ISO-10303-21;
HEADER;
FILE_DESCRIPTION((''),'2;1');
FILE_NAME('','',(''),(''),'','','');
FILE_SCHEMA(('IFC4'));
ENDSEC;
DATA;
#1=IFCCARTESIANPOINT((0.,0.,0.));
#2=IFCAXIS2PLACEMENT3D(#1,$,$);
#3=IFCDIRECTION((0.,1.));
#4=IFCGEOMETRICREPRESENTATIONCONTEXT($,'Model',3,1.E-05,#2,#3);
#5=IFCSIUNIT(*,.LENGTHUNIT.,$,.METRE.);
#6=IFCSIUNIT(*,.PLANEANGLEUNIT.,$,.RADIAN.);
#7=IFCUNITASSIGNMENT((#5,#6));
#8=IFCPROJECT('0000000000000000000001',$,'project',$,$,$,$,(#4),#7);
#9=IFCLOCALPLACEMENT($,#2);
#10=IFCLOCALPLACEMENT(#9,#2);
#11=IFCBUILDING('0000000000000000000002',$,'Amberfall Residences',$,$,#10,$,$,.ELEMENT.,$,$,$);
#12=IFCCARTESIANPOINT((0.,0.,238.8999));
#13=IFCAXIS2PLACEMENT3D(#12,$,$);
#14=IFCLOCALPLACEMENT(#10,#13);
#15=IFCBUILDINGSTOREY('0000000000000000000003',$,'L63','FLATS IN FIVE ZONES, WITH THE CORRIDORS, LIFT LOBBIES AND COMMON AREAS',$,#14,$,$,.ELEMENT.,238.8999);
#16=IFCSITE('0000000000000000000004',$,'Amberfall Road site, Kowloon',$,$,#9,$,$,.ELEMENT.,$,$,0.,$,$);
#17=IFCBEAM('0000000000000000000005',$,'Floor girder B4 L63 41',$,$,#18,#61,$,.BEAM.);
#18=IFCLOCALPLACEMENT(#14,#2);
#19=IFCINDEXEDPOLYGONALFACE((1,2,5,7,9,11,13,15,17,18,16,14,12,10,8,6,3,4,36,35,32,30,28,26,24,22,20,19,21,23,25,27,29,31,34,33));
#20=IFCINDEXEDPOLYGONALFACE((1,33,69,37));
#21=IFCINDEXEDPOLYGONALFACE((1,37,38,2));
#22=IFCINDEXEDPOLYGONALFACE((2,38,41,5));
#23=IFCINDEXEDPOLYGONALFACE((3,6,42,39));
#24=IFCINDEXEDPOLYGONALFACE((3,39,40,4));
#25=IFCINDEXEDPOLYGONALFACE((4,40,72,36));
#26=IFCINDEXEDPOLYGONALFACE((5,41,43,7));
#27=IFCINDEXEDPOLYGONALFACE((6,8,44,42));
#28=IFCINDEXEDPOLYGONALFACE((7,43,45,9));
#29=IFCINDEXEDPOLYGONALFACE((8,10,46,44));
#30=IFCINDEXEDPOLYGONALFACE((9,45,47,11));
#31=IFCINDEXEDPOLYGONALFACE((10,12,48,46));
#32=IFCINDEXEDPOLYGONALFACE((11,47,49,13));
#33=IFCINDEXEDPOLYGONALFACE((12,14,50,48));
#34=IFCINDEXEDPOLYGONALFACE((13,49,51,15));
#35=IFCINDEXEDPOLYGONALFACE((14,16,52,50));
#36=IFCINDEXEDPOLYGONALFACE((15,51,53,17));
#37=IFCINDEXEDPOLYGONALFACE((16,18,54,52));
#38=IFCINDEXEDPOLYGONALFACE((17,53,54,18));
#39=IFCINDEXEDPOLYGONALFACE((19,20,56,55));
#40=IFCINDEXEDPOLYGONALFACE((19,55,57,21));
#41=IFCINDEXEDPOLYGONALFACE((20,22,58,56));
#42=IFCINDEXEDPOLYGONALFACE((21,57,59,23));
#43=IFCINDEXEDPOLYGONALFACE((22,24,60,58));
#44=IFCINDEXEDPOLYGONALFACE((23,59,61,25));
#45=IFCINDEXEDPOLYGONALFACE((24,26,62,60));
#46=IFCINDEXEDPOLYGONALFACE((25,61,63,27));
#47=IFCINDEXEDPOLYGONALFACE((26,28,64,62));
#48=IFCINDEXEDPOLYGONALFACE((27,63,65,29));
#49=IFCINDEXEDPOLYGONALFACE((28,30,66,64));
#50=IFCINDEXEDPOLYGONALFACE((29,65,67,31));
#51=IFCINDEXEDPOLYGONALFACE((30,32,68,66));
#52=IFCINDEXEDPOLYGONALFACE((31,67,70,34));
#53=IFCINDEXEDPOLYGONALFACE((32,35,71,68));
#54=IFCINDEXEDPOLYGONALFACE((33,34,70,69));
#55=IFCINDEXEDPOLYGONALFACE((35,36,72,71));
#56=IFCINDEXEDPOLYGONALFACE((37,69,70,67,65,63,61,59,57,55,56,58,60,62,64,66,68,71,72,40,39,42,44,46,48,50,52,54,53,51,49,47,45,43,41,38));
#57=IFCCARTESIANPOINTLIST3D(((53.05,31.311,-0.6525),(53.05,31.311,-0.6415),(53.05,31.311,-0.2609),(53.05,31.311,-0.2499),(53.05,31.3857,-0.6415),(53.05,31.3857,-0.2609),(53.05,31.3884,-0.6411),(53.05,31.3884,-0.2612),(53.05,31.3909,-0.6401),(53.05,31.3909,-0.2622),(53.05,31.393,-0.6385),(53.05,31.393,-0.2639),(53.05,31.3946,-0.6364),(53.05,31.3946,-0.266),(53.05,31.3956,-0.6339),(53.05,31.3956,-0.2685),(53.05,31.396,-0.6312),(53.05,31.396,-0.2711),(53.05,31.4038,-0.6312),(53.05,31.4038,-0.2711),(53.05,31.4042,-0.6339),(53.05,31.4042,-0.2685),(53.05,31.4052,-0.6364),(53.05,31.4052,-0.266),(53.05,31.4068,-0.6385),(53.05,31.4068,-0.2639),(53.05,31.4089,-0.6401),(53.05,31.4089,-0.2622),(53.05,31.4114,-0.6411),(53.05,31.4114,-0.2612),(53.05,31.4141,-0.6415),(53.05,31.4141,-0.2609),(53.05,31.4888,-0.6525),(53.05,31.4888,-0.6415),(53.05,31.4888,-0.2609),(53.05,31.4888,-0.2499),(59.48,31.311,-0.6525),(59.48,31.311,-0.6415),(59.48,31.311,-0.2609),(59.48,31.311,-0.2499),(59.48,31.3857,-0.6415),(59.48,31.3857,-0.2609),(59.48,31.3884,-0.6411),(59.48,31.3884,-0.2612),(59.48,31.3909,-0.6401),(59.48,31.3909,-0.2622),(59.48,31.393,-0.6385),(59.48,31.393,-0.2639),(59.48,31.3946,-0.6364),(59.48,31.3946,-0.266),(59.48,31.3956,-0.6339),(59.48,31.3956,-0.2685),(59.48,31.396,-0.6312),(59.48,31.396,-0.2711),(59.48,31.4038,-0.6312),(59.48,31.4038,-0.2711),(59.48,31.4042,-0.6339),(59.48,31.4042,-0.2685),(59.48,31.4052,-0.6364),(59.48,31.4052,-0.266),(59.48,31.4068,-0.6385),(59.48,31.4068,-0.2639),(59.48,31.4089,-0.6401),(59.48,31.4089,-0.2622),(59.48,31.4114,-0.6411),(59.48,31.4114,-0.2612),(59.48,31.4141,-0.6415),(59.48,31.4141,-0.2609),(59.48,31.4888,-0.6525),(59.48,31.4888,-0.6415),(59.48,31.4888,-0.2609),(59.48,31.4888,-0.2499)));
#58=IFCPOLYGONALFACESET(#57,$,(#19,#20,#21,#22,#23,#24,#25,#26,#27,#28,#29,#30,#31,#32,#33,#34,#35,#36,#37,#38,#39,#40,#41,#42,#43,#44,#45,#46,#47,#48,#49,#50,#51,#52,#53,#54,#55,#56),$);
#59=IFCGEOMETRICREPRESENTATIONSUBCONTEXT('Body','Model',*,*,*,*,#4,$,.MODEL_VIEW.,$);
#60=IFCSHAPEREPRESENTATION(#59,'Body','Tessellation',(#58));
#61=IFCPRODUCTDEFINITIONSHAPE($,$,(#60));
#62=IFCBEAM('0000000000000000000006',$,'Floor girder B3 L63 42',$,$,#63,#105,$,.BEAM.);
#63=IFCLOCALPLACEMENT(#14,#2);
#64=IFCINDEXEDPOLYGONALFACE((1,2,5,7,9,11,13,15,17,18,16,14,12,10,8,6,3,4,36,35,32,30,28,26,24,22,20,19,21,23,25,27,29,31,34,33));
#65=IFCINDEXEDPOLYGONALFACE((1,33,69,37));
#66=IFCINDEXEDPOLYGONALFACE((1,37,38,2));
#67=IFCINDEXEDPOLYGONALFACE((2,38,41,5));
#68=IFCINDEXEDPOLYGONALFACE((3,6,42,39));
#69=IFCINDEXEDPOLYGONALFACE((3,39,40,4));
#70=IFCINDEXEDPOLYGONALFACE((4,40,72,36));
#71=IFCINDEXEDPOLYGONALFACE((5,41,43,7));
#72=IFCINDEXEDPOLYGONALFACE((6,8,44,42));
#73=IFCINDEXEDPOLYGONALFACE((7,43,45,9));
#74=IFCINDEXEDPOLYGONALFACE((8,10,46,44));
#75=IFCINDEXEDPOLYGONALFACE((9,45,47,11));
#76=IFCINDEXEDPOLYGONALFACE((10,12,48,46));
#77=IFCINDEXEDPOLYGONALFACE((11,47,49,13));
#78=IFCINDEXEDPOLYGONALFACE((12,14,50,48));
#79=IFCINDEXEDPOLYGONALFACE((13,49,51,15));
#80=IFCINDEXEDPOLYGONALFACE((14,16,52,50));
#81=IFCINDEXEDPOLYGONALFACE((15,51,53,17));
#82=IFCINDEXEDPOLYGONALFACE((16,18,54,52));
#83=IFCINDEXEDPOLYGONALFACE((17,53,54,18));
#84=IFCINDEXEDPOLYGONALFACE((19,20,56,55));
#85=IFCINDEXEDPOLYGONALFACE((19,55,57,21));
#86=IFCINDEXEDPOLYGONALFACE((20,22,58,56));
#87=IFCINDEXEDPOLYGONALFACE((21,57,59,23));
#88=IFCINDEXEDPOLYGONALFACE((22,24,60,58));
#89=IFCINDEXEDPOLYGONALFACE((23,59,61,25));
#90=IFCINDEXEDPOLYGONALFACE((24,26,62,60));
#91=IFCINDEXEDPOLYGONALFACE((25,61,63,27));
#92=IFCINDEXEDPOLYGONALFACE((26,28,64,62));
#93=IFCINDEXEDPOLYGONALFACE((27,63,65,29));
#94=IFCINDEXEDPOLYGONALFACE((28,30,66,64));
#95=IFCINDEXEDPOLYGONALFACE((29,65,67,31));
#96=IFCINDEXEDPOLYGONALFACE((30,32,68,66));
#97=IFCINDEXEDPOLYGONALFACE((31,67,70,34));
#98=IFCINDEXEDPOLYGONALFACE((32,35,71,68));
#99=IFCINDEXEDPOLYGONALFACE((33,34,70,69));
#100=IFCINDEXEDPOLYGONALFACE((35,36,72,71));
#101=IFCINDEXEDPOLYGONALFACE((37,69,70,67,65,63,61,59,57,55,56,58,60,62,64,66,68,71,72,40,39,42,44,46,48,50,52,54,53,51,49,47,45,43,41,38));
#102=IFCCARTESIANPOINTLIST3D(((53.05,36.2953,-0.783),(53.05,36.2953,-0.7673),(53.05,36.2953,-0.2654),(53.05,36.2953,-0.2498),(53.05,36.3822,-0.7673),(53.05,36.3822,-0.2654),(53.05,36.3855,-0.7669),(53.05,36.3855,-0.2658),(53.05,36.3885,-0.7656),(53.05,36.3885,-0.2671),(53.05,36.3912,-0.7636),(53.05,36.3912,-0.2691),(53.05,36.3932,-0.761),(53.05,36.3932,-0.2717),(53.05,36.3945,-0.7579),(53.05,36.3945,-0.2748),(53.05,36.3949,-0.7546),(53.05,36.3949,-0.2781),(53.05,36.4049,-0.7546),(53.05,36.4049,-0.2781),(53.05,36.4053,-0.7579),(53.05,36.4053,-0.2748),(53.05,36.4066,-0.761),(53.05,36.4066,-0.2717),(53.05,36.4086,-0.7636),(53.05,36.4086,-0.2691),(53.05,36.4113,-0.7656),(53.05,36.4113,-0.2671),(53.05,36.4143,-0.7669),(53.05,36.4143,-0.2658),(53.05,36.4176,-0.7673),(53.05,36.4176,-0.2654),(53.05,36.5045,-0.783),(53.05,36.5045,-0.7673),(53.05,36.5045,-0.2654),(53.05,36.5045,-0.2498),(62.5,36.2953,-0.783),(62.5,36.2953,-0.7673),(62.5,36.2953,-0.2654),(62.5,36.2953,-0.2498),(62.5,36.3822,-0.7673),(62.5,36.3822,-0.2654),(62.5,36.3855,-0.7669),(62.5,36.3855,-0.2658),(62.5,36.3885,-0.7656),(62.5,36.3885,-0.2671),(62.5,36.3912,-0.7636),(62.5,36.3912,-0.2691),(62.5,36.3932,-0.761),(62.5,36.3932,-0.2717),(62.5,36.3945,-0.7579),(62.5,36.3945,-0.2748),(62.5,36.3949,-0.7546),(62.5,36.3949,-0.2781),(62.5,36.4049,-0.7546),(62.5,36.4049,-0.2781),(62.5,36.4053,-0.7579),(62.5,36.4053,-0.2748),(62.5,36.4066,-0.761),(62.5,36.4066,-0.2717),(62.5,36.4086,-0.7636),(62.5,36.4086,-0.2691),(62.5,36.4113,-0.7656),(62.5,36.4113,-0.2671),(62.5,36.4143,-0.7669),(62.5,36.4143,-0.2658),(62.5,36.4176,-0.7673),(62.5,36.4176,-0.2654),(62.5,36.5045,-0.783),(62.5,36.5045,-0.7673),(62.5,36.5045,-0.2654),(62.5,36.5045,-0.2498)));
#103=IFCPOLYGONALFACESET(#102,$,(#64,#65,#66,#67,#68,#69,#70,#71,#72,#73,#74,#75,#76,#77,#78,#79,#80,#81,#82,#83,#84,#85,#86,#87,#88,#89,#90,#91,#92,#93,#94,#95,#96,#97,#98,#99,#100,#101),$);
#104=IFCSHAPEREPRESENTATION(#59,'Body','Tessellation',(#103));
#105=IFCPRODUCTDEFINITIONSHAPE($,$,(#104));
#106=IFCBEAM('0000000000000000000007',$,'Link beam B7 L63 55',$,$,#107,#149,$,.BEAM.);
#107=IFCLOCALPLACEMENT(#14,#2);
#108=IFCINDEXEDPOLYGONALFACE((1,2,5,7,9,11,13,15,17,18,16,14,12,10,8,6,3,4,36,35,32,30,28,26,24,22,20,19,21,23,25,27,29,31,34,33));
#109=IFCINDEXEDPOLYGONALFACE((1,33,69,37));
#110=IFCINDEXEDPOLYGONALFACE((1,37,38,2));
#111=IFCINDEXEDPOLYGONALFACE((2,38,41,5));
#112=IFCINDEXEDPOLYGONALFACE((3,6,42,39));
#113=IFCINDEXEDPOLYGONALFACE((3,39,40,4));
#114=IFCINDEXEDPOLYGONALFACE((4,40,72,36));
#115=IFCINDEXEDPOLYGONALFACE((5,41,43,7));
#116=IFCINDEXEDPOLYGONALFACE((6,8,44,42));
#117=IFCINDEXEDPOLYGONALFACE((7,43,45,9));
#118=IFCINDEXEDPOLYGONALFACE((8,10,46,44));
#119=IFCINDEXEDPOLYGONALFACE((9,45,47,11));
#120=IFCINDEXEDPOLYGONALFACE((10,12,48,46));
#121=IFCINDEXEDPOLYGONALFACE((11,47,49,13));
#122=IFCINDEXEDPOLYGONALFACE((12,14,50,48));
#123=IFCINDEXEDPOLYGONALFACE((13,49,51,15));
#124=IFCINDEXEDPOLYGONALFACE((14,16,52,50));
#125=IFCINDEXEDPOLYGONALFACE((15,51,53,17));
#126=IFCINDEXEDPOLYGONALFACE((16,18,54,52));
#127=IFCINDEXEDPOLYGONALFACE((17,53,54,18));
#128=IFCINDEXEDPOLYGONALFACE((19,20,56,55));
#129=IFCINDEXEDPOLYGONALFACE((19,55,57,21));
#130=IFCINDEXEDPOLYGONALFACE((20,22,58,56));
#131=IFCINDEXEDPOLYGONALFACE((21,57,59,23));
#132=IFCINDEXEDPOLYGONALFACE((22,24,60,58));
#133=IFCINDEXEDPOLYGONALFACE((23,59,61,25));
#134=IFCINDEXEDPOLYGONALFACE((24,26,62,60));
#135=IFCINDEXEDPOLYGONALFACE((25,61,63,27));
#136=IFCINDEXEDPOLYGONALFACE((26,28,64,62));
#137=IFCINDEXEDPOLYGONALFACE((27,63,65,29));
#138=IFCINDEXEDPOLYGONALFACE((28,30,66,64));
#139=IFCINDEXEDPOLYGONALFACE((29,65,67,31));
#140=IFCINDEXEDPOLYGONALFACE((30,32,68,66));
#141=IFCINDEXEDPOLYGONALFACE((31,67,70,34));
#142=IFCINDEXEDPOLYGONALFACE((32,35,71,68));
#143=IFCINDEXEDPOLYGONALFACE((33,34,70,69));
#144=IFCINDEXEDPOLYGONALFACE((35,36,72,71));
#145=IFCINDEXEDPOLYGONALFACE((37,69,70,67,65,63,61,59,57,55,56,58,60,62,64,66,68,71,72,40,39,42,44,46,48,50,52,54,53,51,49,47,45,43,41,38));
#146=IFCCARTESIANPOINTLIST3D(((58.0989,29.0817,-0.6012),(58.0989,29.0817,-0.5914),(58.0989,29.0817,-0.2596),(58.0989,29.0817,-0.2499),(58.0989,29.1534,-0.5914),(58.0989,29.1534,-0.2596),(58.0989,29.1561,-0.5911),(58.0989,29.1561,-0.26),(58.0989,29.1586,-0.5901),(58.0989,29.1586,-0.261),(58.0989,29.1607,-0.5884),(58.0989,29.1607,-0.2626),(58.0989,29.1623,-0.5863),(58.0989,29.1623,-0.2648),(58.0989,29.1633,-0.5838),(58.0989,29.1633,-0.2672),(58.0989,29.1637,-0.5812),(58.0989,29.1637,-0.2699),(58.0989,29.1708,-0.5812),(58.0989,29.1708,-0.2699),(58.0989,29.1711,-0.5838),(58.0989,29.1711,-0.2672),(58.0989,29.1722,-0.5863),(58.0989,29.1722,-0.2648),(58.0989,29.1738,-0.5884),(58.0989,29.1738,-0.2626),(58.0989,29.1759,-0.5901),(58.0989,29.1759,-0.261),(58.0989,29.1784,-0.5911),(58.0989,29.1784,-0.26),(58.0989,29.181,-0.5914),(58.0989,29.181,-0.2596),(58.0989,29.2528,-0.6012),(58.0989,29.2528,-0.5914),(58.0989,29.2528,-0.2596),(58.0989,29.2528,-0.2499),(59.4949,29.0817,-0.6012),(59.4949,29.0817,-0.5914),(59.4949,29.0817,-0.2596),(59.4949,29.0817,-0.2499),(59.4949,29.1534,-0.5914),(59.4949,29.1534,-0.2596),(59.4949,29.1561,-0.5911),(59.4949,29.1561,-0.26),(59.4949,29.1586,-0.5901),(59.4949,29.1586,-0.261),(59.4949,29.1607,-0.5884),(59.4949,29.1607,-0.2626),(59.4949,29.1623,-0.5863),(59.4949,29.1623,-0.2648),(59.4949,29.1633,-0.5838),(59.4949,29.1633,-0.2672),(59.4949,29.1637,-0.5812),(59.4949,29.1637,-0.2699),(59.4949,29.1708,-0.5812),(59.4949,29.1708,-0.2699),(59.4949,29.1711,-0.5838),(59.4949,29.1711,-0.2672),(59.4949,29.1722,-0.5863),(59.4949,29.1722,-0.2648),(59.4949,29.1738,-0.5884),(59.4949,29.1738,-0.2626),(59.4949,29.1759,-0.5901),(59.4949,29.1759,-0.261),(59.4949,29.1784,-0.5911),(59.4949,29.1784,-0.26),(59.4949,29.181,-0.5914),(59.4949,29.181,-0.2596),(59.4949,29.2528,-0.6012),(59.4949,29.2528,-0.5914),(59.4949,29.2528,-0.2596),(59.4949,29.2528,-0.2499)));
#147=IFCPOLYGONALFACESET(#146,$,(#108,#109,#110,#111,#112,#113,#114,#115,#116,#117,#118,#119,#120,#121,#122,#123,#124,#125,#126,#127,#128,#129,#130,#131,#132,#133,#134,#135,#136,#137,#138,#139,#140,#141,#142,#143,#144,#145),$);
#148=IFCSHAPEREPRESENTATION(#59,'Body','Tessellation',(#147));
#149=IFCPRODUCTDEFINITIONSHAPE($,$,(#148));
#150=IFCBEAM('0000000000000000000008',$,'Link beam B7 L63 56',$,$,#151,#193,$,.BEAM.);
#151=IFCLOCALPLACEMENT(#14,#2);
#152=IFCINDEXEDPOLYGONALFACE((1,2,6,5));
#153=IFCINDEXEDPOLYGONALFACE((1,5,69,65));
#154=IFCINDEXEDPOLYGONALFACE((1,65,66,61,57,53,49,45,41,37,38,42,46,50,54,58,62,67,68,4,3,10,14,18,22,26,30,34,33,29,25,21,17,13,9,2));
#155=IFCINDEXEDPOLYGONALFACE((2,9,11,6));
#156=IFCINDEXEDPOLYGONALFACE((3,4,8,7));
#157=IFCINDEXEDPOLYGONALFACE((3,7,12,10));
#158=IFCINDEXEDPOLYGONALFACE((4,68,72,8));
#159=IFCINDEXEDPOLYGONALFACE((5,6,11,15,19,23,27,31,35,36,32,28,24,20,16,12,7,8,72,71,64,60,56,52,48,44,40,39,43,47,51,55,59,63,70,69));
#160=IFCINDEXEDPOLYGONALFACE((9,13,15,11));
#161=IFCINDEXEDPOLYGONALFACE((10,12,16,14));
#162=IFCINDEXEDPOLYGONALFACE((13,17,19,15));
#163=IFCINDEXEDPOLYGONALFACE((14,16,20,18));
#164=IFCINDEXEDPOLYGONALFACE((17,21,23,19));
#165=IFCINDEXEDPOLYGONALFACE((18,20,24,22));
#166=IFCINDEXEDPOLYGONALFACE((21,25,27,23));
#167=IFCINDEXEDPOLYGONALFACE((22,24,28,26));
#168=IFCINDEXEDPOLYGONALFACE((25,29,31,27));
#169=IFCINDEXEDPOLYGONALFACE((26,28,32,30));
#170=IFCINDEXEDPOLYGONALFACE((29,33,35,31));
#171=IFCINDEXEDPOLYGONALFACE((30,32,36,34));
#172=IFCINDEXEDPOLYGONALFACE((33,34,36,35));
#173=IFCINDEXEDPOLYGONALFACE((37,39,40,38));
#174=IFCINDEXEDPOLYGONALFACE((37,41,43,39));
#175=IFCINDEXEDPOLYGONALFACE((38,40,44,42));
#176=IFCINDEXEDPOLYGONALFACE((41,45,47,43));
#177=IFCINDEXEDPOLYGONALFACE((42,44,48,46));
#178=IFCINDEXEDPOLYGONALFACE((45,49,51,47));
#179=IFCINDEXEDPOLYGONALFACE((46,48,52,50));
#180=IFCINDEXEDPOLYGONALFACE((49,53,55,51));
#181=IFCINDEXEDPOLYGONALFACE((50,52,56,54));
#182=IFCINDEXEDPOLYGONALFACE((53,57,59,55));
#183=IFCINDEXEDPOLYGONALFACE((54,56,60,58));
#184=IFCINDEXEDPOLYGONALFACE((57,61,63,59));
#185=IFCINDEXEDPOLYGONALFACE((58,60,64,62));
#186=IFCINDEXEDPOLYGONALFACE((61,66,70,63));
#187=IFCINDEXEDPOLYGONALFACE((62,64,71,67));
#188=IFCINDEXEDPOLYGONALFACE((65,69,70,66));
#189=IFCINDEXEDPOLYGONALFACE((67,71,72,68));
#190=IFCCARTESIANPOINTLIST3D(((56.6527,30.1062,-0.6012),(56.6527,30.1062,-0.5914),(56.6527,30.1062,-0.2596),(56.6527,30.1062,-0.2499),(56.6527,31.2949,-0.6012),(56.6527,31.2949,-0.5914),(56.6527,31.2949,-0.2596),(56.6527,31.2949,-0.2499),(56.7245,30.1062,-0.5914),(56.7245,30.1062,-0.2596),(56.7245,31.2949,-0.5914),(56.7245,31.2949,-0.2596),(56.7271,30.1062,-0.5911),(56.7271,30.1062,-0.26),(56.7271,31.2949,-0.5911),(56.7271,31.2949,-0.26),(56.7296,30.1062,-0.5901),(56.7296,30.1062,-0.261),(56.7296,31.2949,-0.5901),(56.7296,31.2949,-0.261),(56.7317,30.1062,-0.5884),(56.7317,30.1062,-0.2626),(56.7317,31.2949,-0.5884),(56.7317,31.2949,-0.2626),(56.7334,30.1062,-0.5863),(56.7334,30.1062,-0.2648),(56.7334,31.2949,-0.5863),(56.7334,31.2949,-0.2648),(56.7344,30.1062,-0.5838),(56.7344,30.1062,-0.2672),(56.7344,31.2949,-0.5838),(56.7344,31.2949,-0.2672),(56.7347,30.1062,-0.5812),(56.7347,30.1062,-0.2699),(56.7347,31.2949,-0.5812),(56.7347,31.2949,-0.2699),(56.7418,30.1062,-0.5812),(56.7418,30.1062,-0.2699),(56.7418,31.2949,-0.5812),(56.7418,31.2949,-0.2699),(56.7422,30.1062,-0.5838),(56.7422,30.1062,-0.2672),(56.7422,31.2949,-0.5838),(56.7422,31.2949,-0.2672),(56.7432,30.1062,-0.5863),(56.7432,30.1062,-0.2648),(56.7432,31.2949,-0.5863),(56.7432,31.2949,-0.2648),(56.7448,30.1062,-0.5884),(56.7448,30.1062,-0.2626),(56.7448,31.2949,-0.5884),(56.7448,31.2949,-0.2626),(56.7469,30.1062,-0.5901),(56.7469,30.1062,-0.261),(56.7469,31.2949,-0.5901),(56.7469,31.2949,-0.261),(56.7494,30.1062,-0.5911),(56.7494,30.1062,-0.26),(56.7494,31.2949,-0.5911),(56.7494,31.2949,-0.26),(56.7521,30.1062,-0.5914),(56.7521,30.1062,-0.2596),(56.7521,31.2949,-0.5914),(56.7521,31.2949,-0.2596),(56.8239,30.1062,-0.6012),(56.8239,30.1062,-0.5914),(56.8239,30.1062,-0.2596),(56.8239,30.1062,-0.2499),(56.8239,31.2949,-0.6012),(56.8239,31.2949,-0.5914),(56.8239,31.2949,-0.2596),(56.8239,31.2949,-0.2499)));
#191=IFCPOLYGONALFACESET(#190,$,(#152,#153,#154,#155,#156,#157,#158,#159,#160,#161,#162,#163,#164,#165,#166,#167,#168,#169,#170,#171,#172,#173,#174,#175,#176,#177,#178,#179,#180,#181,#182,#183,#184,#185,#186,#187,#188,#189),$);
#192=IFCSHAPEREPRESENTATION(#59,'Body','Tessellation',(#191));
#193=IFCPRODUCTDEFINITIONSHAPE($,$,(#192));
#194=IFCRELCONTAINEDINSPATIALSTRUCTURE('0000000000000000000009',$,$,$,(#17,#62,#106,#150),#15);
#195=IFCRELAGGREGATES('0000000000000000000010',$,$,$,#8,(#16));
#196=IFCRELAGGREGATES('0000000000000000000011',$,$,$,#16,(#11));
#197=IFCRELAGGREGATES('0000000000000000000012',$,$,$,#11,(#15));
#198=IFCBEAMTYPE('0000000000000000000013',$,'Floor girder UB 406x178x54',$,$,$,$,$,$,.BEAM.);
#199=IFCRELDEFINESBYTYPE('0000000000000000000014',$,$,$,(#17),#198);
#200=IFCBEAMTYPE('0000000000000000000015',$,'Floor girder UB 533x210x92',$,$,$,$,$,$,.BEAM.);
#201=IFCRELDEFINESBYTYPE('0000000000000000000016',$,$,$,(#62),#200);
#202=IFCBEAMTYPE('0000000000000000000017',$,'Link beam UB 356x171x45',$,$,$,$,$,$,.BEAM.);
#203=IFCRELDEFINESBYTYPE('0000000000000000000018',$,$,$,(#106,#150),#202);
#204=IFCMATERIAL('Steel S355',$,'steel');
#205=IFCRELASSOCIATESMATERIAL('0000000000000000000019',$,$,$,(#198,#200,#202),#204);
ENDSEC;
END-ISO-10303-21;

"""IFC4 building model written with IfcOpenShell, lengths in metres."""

from ifc_helpers import new_model, si_unit, direction, frame, origin, origin_2d, place, context, subcontext, project, spatial, i_section, extrude, material, material_profile, profile_set, type_object, element, save


model = new_model("IFC4")

# Units and contexts
model_context = context("Model", 3, precision=1e-05, world=origin(), true_north=direction((0.0, 1.0)))
body_context = subcontext(model_context, "Body", "Model", "MODEL_VIEW")
ifc_project = project(units=[si_unit("LENGTHUNIT", "METRE"), si_unit("PLANEANGLEUNIT", "RADIAN")], contexts=[model_context])

# Site, building, storey
site_placement = place(None, origin())
site = spatial("IfcSite", under=ifc_project, at=site_placement, Name="Amberfall Road site, Kowloon", CompositionType="ELEMENT", RefElevation=0.0)
building_placement = place(site_placement, origin())
building = spatial("IfcBuilding", under=site, at=building_placement, Name="Amberfall Residences", CompositionType="ELEMENT")
storey_placement = place(building_placement, frame((0.0, 0.0, 238.8999)))
storey = spatial("IfcBuildingStorey", under=building, at=storey_placement, Name="L63", Description="FLATS IN FIVE ZONES, WITH THE CORRIDORS, LIFT LOBBIES AND COMMON AREAS", CompositionType="ELEMENT", Elevation=238.8999)

# Beams
ifc_material_1 = material(Name="Steel S355", Category="steel")
ifc_material_profile_1 = material_profile(ifc_material_1, i_section(OverallWidth=0.1777, OverallDepth=0.4026, WebThickness=0.0078, FlangeThickness=0.011, FilletRadius=0.0103, at=origin_2d()), Name="UB 406x178x54")
ifc_profile_set_1 = profile_set([ifc_material_profile_1], Name="Steel S355")
beam_type_1 = type_object("IfcBeamType", Name="Floor girder UB 406x178x54", PredefinedType="BEAM", material=ifc_profile_set_1)
beam_1_placement = place(storey_placement, frame((53.05, 31.3999, -0.4512), z_axis=(1.0, 0.0, 0.0), x_axis=(0.0, 1.0, 0.0)))
element("IfcBeam", 1, at=beam_1_placement, inside=storey, type_object=beam_type_1, Name="Floor girder B4 L63 41", PredefinedType="BEAM", context=body_context, shape_type="SweptSolid", body=[
    extrude(i_section(OverallWidth=0.1777, OverallDepth=0.4026, WebThickness=0.0078, FlangeThickness=0.011, FilletRadius=0.0103, at=origin_2d()), origin(), (0.0, 0.0, 1.0), 6.4299),
])
ifc_material_profile_2 = material_profile(ifc_material_1, i_section(OverallWidth=0.2092, OverallDepth=0.5332, WebThickness=0.01, FlangeThickness=0.0156, FilletRadius=0.0127, at=origin_2d()), Name="UB 533x210x92")
ifc_profile_set_2 = profile_set([ifc_material_profile_2], Name="Steel S355")
beam_type_2 = type_object("IfcBeamType", Name="Floor girder UB 533x210x92", PredefinedType="BEAM", material=ifc_profile_set_2)
beam_2_placement = place(storey_placement, frame((53.05, 36.3999, -0.5164), z_axis=(1.0, 0.0, 0.0), x_axis=(0.0, 1.0, 0.0)))
element("IfcBeam", 2, at=beam_2_placement, inside=storey, type_object=beam_type_2, Name="Floor girder B3 L63 42", PredefinedType="BEAM", context=body_context, shape_type="SweptSolid", body=[
    extrude(i_section(OverallWidth=0.2092, OverallDepth=0.5332, WebThickness=0.01, FlangeThickness=0.0156, FilletRadius=0.0127, at=origin_2d()), origin(), (0.0, 0.0, 1.0), 9.45),
])
ifc_material_profile_3 = material_profile(ifc_material_1, i_section(OverallWidth=0.1711, OverallDepth=0.3513, WebThickness=0.0071, FlangeThickness=0.0098, FilletRadius=0.0103, at=origin_2d()), Name="UB 356x171x45")
ifc_profile_set_3 = profile_set([ifc_material_profile_3], Name="Steel S355")
beam_type_3 = type_object("IfcBeamType", Name="Link beam UB 356x171x45", PredefinedType="BEAM", material=ifc_profile_set_3)
beam_3_placement = place(storey_placement, frame((58.0989, 29.1672, -0.4255), z_axis=(1.0, 0.0, 0.0), x_axis=(0.0, 1.0, 0.0)))
element("IfcBeam", 3, at=beam_3_placement, inside=storey, type_object=beam_type_3, Name="Link beam B7 L63 55", PredefinedType="BEAM", context=body_context, shape_type="SweptSolid", body=[
    extrude(i_section(OverallWidth=0.1711, OverallDepth=0.3513, WebThickness=0.0071, FlangeThickness=0.0098, FilletRadius=0.0103, at=origin_2d()), origin(), (0.0, 0.0, 1.0), 1.396),
])
beam_4_placement = place(storey_placement, frame((56.7383, 30.1062, -0.4255), z_axis=(0.0, 1.0, 0.0), x_axis=(-1.0, 0.0, 0.0)))
element("IfcBeam", 4, at=beam_4_placement, inside=storey, type_object=beam_type_3, Name="Link beam B7 L63 56", PredefinedType="BEAM", context=body_context, shape_type="SweptSolid", body=[
    extrude(i_section(OverallWidth=0.1711, OverallDepth=0.3513, WebThickness=0.0071, FlangeThickness=0.0098, FilletRadius=0.0103, at=origin_2d()), origin(), (0.0, 0.0, 1.0), 1.1887),
])

save(model, "model.ifc")
